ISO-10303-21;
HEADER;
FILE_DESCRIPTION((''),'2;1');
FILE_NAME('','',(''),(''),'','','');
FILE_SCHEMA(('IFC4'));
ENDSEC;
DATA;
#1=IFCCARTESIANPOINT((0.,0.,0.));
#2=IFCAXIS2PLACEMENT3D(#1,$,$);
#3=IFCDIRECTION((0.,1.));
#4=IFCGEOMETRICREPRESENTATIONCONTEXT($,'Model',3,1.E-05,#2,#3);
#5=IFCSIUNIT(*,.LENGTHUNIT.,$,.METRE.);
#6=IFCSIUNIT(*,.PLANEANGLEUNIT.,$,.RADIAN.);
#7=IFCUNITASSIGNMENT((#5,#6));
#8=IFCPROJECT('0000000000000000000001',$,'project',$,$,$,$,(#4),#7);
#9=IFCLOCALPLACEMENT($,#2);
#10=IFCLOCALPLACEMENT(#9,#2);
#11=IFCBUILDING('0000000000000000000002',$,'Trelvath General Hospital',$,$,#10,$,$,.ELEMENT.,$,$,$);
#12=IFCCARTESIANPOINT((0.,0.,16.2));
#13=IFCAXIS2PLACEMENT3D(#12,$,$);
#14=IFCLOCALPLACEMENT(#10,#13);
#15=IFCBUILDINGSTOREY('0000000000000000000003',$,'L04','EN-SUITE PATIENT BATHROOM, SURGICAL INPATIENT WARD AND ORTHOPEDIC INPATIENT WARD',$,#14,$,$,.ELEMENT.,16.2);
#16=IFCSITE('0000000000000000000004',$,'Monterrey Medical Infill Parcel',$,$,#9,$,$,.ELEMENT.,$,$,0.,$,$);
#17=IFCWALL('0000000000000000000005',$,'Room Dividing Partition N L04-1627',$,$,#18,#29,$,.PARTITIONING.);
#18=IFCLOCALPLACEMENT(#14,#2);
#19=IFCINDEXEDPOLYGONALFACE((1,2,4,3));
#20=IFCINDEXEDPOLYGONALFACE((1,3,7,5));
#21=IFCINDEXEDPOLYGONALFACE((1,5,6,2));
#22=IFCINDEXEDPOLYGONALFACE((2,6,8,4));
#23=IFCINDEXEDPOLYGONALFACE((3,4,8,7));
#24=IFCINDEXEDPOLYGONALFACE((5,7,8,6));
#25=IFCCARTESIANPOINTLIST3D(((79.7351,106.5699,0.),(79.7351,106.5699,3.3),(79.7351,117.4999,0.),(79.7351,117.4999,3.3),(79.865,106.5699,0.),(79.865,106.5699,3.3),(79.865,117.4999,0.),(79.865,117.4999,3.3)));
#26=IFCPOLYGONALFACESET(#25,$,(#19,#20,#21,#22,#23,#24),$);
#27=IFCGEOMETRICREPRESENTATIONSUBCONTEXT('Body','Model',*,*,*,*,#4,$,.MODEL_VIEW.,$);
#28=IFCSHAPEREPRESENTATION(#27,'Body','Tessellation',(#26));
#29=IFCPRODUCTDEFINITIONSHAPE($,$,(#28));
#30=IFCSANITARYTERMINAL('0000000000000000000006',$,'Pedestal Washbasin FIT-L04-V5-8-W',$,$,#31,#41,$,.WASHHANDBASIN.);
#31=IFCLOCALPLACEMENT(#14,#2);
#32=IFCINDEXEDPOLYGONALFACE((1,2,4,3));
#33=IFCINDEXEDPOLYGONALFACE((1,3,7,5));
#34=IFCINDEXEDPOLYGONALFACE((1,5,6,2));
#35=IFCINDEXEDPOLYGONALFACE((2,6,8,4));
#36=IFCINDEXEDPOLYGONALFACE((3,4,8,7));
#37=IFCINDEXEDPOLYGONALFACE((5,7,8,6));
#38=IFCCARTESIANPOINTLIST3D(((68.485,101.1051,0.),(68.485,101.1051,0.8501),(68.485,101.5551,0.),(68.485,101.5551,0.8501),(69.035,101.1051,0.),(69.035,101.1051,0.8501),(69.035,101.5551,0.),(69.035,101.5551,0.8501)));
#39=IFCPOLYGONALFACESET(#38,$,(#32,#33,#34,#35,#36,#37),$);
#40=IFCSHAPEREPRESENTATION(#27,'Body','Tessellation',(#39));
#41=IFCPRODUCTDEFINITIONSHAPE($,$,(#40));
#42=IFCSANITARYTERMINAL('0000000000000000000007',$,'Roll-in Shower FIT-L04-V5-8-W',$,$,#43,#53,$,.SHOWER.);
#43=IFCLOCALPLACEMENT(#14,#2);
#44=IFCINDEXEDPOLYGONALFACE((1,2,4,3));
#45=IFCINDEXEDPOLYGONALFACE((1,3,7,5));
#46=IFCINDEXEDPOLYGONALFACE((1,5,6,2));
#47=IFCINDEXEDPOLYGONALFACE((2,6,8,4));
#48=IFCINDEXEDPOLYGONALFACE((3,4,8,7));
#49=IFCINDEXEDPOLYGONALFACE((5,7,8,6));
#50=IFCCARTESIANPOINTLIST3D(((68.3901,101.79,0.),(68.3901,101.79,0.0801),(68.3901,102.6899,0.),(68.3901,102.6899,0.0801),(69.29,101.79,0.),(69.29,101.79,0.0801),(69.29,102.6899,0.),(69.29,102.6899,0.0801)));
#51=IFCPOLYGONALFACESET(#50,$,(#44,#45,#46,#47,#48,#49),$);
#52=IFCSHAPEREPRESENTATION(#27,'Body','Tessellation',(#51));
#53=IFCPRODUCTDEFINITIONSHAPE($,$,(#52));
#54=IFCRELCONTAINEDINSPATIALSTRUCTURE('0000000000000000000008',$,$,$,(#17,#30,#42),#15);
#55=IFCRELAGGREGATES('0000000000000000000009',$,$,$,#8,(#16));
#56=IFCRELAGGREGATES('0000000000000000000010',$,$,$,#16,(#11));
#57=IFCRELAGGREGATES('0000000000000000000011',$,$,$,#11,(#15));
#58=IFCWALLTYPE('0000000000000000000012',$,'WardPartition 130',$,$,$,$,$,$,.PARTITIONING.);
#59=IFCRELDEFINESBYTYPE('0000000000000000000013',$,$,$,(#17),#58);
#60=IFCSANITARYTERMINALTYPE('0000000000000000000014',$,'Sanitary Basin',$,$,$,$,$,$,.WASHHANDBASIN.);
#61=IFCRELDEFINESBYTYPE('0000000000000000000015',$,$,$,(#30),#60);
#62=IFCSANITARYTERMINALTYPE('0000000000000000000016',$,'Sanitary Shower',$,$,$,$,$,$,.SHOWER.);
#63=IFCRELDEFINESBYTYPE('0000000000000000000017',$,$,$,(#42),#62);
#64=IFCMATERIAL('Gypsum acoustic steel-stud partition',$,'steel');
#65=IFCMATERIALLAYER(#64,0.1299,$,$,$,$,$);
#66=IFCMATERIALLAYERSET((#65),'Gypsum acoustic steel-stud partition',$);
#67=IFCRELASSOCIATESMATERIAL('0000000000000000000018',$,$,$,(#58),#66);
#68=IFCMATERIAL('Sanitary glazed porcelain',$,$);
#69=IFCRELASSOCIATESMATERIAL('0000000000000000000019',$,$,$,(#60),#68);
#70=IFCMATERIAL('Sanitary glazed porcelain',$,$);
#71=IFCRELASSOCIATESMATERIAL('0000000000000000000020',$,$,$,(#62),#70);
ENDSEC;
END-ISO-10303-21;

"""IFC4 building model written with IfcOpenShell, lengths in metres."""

from ifc_helpers import new_model, si_unit, direction, frame, frame_2d, origin, origin_2d, place, context, subcontext, project, spatial, rectangle, extrude, material, layer, layer_set, type_object, element, save


model = new_model("IFC4")

# Units and contexts
model_context = context("Model", 3, precision=1e-05, world=origin(), true_north=direction((0.0, 1.0)))
body_context = subcontext(model_context, "Body", "Model", "MODEL_VIEW")
ifc_project = project(units=[si_unit("LENGTHUNIT", "METRE"), si_unit("PLANEANGLEUNIT", "RADIAN")], contexts=[model_context])

# Site, building, storey
site_placement = place(None, origin())
site = spatial("IfcSite", under=ifc_project, at=site_placement, Name="Monterrey Medical Infill Parcel", CompositionType="ELEMENT", RefElevation=0.0)
building_placement = place(site_placement, origin())
building = spatial("IfcBuilding", under=site, at=building_placement, Name="Trelvath General Hospital", CompositionType="ELEMENT")
storey_placement = place(building_placement, frame((0.0, 0.0, 16.2)))
storey = spatial("IfcBuildingStorey", under=building, at=storey_placement, Name="L04", Description="EN-SUITE PATIENT BATHROOM, SURGICAL INPATIENT WARD AND ORTHOPEDIC INPATIENT WARD", CompositionType="ELEMENT", Elevation=16.2)

# Wall
ifc_material_1 = material(Name="Gypsum acoustic steel-stud partition", Category="steel")
ifc_layer_1 = layer(ifc_material_1, 0.1299)
ifc_layer_set_1 = layer_set([ifc_layer_1], Name="Gypsum acoustic steel-stud partition")
wall_type_1 = type_object("IfcWallType", Name="WardPartition 130", PredefinedType="PARTITIONING", material=ifc_layer_set_1)
wall_1_placement = place(storey_placement, frame((79.8, 106.5701, 0.0), z_axis=(0.0, 0.0, 1.0), x_axis=(0.0, 1.0, 0.0)))
element("IfcWall", 1, at=wall_1_placement, inside=storey, type_object=wall_type_1, Name="Room Dividing Partition N L04-1627", PredefinedType="PARTITIONING", context=body_context, shape_type="SweptSolid", body=[
    extrude(rectangle(XDim=10.9299, YDim=0.1299, at=frame_2d((5.4648, 0.0))), origin(), (0.0, 0.0, 1.0), 3.3),
])

# Sanitary terminals
ifc_material_2 = material(Name="Sanitary glazed porcelain")
sanitary_terminal_type_1 = type_object("IfcSanitaryTerminalType", Name="Sanitary Basin", PredefinedType="WASHHANDBASIN", material=ifc_material_2)
sanitary_terminal_1_placement = place(storey_placement, frame((68.76, 101.3301, 0.0), z_axis=(0.0, 0.0, 1.0), x_axis=(1.0, 0.0, 0.0)))
element("IfcSanitaryTerminal", 2, at=sanitary_terminal_1_placement, inside=storey, type_object=sanitary_terminal_type_1, Name="Pedestal Washbasin FIT-L04-V5-8-W", PredefinedType="WASHHANDBASIN", context=body_context, shape_type="SweptSolid", body=[
    extrude(rectangle(XDim=0.55, YDim=0.45, at=origin_2d()), origin(), (0.0, 0.0, 1.0), 0.8501),
])
ifc_material_3 = material(Name="Sanitary glazed porcelain")
sanitary_terminal_type_2 = type_object("IfcSanitaryTerminalType", Name="Sanitary Shower", PredefinedType="SHOWER", material=ifc_material_3)
sanitary_terminal_2_placement = place(storey_placement, frame((68.8401, 102.24, 0.0), z_axis=(0.0, 0.0, 1.0), x_axis=(1.0, 0.0, 0.0)))
element("IfcSanitaryTerminal", 3, at=sanitary_terminal_2_placement, inside=storey, type_object=sanitary_terminal_type_2, Name="Roll-in Shower FIT-L04-V5-8-W", PredefinedType="SHOWER", context=body_context, shape_type="SweptSolid", body=[
    extrude(rectangle(XDim=0.8999, YDim=0.8999, at=origin_2d()), origin(), (0.0, 0.0, 1.0), 0.0801),
])

save(model, "model.ifc")
